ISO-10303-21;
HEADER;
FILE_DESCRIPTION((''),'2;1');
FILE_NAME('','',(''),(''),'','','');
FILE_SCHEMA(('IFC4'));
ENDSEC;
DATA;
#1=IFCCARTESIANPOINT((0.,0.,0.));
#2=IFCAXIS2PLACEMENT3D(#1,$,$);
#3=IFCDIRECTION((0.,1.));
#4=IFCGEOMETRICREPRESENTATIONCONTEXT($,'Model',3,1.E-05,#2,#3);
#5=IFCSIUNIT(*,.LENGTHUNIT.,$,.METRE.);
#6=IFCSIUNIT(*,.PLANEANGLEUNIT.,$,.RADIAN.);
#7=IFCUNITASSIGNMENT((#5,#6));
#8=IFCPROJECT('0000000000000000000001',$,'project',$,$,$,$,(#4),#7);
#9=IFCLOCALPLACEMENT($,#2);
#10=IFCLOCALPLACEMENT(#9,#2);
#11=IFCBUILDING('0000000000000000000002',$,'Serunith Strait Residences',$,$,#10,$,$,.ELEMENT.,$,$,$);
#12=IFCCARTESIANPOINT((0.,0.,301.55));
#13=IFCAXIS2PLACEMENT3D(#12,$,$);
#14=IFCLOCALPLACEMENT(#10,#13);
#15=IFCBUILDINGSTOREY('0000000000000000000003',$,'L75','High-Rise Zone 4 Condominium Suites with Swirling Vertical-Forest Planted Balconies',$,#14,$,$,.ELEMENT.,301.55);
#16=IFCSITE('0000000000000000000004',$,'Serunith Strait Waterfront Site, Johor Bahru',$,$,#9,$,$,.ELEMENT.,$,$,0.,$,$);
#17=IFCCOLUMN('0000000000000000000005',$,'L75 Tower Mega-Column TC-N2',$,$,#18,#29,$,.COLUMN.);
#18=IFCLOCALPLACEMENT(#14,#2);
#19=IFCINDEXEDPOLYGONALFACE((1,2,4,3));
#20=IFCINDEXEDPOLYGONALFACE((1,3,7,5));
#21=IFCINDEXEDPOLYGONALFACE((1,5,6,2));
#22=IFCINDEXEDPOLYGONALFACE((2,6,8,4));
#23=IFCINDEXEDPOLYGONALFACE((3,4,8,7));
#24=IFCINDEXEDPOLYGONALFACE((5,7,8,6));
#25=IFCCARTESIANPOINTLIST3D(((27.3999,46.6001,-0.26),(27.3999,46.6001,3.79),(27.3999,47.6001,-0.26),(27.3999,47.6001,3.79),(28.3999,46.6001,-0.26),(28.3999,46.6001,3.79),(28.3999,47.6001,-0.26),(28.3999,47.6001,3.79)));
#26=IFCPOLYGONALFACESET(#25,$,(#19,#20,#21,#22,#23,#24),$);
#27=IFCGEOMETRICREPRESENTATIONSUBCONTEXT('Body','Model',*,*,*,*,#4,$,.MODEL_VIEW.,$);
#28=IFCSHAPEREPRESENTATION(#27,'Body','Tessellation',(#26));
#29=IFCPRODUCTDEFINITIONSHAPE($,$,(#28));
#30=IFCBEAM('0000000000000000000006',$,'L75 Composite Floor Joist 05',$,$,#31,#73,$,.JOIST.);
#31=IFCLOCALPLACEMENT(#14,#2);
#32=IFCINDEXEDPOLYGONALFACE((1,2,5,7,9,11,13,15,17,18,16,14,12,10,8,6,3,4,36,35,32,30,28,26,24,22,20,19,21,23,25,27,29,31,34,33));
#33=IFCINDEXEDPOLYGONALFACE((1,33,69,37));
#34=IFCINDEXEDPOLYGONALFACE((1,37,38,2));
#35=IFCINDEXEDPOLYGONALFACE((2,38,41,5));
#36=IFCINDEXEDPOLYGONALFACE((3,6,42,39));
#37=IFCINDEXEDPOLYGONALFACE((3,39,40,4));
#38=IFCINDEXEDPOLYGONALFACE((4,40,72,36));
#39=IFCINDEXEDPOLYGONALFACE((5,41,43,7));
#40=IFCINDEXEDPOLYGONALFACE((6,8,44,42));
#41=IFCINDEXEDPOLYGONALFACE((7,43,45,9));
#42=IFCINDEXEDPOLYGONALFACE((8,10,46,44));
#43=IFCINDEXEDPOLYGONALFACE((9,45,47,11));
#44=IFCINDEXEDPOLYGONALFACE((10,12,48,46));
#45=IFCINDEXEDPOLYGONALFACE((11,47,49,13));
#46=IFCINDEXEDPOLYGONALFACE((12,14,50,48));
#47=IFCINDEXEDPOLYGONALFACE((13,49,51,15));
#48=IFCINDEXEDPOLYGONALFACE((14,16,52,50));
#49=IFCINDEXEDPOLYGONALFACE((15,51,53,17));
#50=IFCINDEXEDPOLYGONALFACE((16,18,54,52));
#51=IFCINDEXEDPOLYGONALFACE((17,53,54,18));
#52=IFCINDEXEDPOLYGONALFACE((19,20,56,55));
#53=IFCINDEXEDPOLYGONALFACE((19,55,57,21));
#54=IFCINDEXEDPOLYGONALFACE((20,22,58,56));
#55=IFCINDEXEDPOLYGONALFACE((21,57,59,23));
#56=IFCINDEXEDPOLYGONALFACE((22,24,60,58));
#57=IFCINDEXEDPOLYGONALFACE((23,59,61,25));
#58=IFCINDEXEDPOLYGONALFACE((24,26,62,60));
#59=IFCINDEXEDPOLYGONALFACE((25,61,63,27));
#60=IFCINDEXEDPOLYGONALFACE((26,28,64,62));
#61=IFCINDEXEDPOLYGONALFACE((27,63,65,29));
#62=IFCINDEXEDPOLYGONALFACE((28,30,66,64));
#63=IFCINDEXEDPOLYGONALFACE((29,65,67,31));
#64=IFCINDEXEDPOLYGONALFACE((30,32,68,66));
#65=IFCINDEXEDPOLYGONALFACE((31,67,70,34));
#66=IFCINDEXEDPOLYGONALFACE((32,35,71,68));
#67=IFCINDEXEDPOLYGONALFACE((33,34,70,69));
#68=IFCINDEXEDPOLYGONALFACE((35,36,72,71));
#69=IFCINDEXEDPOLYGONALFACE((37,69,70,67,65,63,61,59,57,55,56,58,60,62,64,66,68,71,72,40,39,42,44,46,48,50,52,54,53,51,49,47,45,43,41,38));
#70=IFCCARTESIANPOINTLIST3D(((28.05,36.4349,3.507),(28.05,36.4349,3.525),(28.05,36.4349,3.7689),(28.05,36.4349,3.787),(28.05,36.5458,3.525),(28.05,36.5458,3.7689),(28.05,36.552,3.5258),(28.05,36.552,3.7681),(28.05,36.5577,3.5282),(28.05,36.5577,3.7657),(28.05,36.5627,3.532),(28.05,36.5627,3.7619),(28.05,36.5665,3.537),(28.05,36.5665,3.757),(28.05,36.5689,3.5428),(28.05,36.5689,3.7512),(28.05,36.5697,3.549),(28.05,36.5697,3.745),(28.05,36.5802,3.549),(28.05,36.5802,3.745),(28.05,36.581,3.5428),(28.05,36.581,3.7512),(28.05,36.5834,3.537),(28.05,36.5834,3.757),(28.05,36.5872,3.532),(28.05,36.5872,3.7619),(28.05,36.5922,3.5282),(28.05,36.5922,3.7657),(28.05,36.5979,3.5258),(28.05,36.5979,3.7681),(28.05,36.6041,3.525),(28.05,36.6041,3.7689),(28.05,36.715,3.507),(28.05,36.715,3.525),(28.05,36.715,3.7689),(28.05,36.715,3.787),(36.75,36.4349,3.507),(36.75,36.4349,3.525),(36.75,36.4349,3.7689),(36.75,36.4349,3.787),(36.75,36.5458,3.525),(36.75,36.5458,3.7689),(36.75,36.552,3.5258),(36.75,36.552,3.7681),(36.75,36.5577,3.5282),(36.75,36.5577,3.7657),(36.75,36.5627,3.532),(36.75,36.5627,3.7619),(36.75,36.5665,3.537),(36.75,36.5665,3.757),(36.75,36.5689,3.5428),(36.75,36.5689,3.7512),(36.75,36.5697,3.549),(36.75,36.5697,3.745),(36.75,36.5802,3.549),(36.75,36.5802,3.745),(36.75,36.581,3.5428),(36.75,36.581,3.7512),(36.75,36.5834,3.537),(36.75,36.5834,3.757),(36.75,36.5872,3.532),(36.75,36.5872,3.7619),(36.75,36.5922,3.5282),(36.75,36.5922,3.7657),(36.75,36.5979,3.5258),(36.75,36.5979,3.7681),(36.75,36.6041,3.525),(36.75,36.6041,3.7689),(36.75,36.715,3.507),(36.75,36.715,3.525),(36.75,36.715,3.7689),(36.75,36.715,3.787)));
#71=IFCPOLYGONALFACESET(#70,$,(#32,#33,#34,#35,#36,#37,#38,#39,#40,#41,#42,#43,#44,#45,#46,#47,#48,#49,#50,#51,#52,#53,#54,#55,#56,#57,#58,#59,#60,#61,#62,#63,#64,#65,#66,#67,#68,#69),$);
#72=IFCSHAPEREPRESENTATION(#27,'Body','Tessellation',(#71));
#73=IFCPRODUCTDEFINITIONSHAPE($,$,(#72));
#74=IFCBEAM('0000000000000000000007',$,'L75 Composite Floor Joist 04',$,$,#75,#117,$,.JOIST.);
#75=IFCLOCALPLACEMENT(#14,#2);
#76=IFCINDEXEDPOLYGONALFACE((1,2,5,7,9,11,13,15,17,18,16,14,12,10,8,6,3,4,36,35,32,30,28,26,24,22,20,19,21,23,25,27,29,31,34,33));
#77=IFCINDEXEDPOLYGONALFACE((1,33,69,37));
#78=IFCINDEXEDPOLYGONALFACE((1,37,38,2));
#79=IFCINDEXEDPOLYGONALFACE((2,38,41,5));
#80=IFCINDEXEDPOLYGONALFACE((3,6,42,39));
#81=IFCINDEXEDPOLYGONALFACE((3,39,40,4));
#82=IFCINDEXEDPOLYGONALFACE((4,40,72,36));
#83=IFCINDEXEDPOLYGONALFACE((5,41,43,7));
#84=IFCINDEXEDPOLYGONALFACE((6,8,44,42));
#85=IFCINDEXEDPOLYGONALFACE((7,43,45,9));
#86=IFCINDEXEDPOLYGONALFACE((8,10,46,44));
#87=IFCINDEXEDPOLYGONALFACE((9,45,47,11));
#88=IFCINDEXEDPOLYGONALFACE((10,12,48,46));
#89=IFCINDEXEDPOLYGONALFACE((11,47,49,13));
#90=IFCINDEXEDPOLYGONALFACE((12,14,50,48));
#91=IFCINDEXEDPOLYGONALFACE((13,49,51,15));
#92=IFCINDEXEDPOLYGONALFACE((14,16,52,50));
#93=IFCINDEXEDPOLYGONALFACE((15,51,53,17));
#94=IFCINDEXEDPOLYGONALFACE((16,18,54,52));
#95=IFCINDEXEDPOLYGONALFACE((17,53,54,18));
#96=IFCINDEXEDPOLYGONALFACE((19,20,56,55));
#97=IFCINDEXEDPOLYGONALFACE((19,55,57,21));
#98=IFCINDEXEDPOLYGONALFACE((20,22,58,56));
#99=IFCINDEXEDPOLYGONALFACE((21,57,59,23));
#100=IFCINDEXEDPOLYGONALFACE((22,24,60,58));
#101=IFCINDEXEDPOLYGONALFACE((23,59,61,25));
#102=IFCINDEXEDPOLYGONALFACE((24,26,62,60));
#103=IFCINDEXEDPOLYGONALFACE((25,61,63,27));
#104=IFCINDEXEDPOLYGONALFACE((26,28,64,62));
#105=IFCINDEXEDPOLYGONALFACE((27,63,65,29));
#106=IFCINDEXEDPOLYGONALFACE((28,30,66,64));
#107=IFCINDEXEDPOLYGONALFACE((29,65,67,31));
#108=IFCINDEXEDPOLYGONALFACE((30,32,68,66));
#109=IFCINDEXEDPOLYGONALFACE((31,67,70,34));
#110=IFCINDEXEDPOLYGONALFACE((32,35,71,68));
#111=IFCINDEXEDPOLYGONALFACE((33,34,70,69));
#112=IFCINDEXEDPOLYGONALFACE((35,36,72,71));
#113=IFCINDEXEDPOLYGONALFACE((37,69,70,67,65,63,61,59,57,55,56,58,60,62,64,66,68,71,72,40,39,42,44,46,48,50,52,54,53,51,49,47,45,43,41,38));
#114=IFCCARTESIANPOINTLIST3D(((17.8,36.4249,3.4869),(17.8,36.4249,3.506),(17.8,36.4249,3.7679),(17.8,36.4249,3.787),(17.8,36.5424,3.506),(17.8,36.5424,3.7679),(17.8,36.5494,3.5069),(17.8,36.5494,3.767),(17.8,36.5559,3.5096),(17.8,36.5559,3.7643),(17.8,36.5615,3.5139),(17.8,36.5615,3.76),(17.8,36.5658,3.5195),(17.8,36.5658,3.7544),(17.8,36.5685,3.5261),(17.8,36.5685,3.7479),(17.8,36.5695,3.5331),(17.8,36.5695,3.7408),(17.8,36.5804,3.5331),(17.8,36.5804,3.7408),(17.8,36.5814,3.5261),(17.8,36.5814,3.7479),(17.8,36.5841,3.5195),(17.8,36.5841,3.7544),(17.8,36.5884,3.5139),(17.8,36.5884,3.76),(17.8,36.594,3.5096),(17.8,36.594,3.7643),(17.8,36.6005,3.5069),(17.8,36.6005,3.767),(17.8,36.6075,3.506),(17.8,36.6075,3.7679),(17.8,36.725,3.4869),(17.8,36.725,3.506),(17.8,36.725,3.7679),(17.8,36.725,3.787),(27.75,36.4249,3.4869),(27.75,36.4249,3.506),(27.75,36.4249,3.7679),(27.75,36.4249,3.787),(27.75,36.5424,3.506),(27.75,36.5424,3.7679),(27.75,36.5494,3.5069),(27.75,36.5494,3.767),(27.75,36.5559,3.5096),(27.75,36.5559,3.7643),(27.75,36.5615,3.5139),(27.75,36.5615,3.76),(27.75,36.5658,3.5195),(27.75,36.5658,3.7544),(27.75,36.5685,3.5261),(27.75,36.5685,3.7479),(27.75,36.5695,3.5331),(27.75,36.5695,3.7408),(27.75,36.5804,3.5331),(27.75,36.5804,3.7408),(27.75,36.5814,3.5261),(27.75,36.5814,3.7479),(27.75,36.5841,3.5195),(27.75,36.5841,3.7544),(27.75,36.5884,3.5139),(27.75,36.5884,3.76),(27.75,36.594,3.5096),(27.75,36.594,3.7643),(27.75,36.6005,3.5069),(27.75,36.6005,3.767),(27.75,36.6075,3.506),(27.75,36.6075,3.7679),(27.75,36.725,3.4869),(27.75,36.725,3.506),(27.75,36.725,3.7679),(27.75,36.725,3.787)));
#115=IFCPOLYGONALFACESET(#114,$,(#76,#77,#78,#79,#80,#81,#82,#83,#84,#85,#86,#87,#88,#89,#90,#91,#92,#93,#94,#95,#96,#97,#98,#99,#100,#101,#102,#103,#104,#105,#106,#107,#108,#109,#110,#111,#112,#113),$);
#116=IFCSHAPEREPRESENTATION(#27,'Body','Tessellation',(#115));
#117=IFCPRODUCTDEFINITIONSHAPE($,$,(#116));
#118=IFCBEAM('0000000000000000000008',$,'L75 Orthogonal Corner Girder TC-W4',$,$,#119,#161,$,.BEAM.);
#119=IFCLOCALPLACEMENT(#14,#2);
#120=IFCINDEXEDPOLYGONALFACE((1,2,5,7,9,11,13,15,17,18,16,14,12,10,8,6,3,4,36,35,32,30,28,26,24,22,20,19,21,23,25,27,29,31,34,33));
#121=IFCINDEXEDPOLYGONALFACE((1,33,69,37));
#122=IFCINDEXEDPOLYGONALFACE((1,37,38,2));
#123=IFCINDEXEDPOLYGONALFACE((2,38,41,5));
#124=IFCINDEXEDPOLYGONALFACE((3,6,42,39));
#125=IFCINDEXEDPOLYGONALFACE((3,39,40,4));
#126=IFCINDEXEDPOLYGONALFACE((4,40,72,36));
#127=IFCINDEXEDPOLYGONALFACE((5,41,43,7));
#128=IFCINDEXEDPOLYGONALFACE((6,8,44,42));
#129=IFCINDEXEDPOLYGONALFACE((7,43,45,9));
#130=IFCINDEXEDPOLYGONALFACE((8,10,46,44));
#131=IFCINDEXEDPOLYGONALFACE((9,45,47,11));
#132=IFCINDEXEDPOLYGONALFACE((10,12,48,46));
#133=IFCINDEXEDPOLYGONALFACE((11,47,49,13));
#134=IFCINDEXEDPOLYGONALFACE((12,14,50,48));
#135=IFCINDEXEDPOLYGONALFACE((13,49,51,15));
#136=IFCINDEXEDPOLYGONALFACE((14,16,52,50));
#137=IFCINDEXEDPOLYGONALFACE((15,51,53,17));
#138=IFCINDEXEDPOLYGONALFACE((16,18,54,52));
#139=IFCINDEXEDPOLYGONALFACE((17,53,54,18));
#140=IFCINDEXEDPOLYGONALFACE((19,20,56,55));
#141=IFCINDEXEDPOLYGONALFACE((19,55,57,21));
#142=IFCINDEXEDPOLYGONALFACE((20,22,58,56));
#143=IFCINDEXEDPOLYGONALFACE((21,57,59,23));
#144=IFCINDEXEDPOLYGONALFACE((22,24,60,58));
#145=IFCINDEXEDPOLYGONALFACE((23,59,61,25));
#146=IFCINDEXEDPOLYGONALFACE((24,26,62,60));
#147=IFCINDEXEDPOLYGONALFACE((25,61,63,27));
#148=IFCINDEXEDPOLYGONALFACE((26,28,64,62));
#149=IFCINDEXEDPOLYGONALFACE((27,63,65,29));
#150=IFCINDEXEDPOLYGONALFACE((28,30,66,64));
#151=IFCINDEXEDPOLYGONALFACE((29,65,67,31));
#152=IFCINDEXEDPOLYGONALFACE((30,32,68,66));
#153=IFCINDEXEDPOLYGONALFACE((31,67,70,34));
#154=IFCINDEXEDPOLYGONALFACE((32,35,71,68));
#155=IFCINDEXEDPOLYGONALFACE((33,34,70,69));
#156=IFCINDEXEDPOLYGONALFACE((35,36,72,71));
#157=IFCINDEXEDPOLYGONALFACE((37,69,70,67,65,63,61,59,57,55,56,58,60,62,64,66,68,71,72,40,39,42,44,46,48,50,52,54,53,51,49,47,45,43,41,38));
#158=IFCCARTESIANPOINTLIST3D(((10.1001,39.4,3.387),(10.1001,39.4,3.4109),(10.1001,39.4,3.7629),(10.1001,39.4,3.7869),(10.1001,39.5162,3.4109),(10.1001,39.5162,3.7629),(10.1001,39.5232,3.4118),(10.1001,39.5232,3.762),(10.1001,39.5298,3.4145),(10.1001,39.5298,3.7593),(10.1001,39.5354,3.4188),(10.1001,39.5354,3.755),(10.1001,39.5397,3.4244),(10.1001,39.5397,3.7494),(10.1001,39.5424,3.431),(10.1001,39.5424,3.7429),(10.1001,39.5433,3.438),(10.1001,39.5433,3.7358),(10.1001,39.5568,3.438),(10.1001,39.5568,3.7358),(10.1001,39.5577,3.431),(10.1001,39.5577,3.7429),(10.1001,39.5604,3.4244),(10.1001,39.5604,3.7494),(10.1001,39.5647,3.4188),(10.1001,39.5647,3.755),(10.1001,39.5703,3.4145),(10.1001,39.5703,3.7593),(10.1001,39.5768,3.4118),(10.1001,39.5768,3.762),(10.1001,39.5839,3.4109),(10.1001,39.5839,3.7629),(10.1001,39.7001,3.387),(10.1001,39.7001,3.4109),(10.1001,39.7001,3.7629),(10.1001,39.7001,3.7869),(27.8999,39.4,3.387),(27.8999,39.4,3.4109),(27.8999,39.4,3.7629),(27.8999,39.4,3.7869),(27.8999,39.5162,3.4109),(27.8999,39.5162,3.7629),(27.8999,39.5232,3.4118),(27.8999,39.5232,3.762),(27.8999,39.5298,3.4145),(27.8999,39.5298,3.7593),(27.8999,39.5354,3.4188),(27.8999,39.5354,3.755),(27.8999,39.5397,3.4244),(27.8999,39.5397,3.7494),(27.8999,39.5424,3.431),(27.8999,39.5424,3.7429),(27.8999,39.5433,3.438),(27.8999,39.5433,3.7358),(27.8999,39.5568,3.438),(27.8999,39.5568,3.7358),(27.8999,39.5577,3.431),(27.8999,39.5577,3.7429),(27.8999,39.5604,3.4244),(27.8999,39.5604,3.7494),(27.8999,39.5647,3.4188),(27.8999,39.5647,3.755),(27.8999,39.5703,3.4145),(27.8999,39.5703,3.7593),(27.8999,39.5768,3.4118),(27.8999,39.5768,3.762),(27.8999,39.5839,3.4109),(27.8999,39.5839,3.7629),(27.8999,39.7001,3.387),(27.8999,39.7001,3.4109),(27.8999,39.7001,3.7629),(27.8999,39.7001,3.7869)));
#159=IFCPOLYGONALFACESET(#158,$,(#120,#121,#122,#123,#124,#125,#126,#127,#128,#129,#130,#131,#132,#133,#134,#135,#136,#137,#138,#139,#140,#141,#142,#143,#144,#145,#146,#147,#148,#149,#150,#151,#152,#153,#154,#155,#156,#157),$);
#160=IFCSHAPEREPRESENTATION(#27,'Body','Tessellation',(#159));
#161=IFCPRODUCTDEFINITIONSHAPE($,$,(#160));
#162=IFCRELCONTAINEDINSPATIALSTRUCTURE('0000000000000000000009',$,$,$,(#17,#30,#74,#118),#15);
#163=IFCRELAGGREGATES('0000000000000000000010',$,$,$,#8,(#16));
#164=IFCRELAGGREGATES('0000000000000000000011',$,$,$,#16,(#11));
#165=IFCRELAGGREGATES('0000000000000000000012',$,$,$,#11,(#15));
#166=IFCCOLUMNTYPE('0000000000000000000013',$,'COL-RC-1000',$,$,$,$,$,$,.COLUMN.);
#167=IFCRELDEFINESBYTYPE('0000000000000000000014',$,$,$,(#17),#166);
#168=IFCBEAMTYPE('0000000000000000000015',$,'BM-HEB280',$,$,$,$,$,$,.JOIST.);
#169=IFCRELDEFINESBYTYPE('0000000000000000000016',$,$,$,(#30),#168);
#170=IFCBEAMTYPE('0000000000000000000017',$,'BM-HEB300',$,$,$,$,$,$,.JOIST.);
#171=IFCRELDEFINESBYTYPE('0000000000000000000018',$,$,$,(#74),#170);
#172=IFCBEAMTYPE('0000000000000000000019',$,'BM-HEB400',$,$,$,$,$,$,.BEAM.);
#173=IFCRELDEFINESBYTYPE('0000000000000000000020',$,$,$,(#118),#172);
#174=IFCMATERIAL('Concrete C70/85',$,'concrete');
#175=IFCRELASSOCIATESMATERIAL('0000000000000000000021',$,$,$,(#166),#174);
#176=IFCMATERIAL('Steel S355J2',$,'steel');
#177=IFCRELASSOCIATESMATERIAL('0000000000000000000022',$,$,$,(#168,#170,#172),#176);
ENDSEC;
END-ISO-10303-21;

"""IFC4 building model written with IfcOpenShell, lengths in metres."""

from ifc_helpers import new_model, si_unit, direction, frame, origin, origin_2d, place, context, subcontext, project, spatial, rectangle, i_section, extrude, source, transform, mapped, material, material_profile, profile_set, type_object, element, save


model = new_model("IFC4")

# Units and contexts
model_context = context("Model", 3, precision=1e-05, world=origin(), true_north=direction((0.0, 1.0)))
body_context = subcontext(model_context, "Body", "Model", "MODEL_VIEW")
ifc_project = project(units=[si_unit("LENGTHUNIT", "METRE"), si_unit("PLANEANGLEUNIT", "RADIAN")], contexts=[model_context])

# Site, building, storey
site_placement = place(None, origin())
site = spatial("IfcSite", under=ifc_project, at=site_placement, Name="Serunith Strait Waterfront Site, Johor Bahru", CompositionType="ELEMENT", RefElevation=0.0)
building_placement = place(site_placement, origin())
building = spatial("IfcBuilding", under=site, at=building_placement, Name="Serunith Strait Residences", CompositionType="ELEMENT")
storey_placement = place(building_placement, frame((0.0, 0.0, 301.55)))
storey = spatial("IfcBuildingStorey", under=building, at=storey_placement, Name="L75", Description="High-Rise Zone 4 Condominium Suites with Swirling Vertical-Forest Planted Balconies", CompositionType="ELEMENT", Elevation=301.55)

# Column
ifc_material_1 = material(Name="Concrete C70/85", Category="concrete")
ifc_material_profile_1 = material_profile(ifc_material_1, rectangle(XDim=1.0, YDim=1.0, at=origin_2d()), Name="RC 1000x1000")
ifc_profile_set_1 = profile_set([ifc_material_profile_1], Name="Concrete C70/85")
column_type = type_object("IfcColumnType", Name="COL-RC-1000", PredefinedType="COLUMN", material=ifc_profile_set_1)
shared_shape_1 = source(origin(), body_context, "Body", "SweptSolid", [
    extrude(rectangle(XDim=1.0, YDim=1.0, at=origin_2d()), origin(), (0.0, 0.0, 1.0), 4.05),
])
column_placement = place(storey_placement, frame((27.8999, 47.1001, -0.26), z_axis=(0.0, 0.0, 1.0), x_axis=(1.0, 0.0, 0.0)))
element("IfcColumn", 1, at=column_placement, inside=storey, type_object=column_type, Name="L75 Tower Mega-Column TC-N2", PredefinedType="COLUMN", context=body_context, shape_type="MappedRepresentation", body=[
    mapped(shared_shape_1, transform((0.0, 0.0, 0.0), scale=1.0)),
])

# Beams
ifc_material_2 = material(Name="Steel S355J2", Category="steel")
ifc_material_profile_2 = material_profile(ifc_material_2, i_section(OverallWidth=0.28, OverallDepth=0.28, WebThickness=0.0105, FlangeThickness=0.0181, FilletRadius=0.0239, at=origin_2d()), Name="HEB 280")
ifc_profile_set_2 = profile_set([ifc_material_profile_2], Name="Steel S355J2")
beam_type_1 = type_object("IfcBeamType", Name="BM-HEB280", PredefinedType="JOIST", material=ifc_profile_set_2)
shared_shape_2 = source(origin(), body_context, "Body", "SweptSolid", [
    extrude(i_section(OverallWidth=0.28, OverallDepth=0.28, WebThickness=0.0105, FlangeThickness=0.0181, FilletRadius=0.0239, at=origin_2d()), origin(), (0.0, 0.0, 1.0), 8.7),
])
beam_1_placement = place(storey_placement, frame((28.05, 36.575, 3.647), z_axis=(1.0, 0.0, 0.0), x_axis=(0.0, 1.0, 0.0)))
element("IfcBeam", 2, at=beam_1_placement, inside=storey, type_object=beam_type_1, Name="L75 Composite Floor Joist 05", PredefinedType="JOIST", context=body_context, shape_type="MappedRepresentation", body=[
    mapped(shared_shape_2, transform((0.0, 0.0, 0.0), scale=1.0)),
])
ifc_material_profile_3 = material_profile(ifc_material_2, i_section(OverallWidth=0.3, OverallDepth=0.3, WebThickness=0.011, FlangeThickness=0.019, FilletRadius=0.0271, at=origin_2d()), Name="HEB 300")
ifc_profile_set_3 = profile_set([ifc_material_profile_3], Name="Steel S355J2")
beam_type_2 = type_object("IfcBeamType", Name="BM-HEB300", PredefinedType="JOIST", material=ifc_profile_set_3)
shared_shape_3 = source(origin(), body_context, "Body", "SweptSolid", [
    extrude(i_section(OverallWidth=0.3, OverallDepth=0.3, WebThickness=0.011, FlangeThickness=0.019, FilletRadius=0.0271, at=origin_2d()), origin(), (0.0, 0.0, 1.0), 9.95),
])
beam_2_placement = place(storey_placement, frame((17.8, 36.575, 3.637), z_axis=(1.0, 0.0, 0.0), x_axis=(0.0, 1.0, 0.0)))
element("IfcBeam", 3, at=beam_2_placement, inside=storey, type_object=beam_type_2, Name="L75 Composite Floor Joist 04", PredefinedType="JOIST", context=body_context, shape_type="MappedRepresentation", body=[
    mapped(shared_shape_3, transform((0.0, 0.0, 0.0), scale=1.0)),
])
ifc_material_profile_4 = material_profile(ifc_material_2, i_section(OverallWidth=0.3, OverallDepth=0.3999, WebThickness=0.0134, FlangeThickness=0.0239, FilletRadius=0.0271, at=origin_2d()), Name="HEB 400")
ifc_profile_set_4 = profile_set([ifc_material_profile_4], Name="Steel S355J2")
beam_type_3 = type_object("IfcBeamType", Name="BM-HEB400", PredefinedType="BEAM", material=ifc_profile_set_4)
shared_shape_4 = source(origin(), body_context, "Body", "SweptSolid", [
    extrude(i_section(OverallWidth=0.3, OverallDepth=0.3999, WebThickness=0.0134, FlangeThickness=0.0239, FilletRadius=0.0271, at=origin_2d()), origin(), (0.0, 0.0, 1.0), 17.7998),
])
beam_3_placement = place(storey_placement, frame((27.8999, 39.55, 3.5869), z_axis=(-1.0, 0.0, 0.0), x_axis=(0.0, -1.0, 0.0)))
element("IfcBeam", 4, at=beam_3_placement, inside=storey, type_object=beam_type_3, Name="L75 Orthogonal Corner Girder TC-W4", PredefinedType="BEAM", context=body_context, shape_type="MappedRepresentation", body=[
    mapped(shared_shape_4, transform((0.0, 0.0, 0.0), scale=1.0)),
])

save(model, "model.ifc")
